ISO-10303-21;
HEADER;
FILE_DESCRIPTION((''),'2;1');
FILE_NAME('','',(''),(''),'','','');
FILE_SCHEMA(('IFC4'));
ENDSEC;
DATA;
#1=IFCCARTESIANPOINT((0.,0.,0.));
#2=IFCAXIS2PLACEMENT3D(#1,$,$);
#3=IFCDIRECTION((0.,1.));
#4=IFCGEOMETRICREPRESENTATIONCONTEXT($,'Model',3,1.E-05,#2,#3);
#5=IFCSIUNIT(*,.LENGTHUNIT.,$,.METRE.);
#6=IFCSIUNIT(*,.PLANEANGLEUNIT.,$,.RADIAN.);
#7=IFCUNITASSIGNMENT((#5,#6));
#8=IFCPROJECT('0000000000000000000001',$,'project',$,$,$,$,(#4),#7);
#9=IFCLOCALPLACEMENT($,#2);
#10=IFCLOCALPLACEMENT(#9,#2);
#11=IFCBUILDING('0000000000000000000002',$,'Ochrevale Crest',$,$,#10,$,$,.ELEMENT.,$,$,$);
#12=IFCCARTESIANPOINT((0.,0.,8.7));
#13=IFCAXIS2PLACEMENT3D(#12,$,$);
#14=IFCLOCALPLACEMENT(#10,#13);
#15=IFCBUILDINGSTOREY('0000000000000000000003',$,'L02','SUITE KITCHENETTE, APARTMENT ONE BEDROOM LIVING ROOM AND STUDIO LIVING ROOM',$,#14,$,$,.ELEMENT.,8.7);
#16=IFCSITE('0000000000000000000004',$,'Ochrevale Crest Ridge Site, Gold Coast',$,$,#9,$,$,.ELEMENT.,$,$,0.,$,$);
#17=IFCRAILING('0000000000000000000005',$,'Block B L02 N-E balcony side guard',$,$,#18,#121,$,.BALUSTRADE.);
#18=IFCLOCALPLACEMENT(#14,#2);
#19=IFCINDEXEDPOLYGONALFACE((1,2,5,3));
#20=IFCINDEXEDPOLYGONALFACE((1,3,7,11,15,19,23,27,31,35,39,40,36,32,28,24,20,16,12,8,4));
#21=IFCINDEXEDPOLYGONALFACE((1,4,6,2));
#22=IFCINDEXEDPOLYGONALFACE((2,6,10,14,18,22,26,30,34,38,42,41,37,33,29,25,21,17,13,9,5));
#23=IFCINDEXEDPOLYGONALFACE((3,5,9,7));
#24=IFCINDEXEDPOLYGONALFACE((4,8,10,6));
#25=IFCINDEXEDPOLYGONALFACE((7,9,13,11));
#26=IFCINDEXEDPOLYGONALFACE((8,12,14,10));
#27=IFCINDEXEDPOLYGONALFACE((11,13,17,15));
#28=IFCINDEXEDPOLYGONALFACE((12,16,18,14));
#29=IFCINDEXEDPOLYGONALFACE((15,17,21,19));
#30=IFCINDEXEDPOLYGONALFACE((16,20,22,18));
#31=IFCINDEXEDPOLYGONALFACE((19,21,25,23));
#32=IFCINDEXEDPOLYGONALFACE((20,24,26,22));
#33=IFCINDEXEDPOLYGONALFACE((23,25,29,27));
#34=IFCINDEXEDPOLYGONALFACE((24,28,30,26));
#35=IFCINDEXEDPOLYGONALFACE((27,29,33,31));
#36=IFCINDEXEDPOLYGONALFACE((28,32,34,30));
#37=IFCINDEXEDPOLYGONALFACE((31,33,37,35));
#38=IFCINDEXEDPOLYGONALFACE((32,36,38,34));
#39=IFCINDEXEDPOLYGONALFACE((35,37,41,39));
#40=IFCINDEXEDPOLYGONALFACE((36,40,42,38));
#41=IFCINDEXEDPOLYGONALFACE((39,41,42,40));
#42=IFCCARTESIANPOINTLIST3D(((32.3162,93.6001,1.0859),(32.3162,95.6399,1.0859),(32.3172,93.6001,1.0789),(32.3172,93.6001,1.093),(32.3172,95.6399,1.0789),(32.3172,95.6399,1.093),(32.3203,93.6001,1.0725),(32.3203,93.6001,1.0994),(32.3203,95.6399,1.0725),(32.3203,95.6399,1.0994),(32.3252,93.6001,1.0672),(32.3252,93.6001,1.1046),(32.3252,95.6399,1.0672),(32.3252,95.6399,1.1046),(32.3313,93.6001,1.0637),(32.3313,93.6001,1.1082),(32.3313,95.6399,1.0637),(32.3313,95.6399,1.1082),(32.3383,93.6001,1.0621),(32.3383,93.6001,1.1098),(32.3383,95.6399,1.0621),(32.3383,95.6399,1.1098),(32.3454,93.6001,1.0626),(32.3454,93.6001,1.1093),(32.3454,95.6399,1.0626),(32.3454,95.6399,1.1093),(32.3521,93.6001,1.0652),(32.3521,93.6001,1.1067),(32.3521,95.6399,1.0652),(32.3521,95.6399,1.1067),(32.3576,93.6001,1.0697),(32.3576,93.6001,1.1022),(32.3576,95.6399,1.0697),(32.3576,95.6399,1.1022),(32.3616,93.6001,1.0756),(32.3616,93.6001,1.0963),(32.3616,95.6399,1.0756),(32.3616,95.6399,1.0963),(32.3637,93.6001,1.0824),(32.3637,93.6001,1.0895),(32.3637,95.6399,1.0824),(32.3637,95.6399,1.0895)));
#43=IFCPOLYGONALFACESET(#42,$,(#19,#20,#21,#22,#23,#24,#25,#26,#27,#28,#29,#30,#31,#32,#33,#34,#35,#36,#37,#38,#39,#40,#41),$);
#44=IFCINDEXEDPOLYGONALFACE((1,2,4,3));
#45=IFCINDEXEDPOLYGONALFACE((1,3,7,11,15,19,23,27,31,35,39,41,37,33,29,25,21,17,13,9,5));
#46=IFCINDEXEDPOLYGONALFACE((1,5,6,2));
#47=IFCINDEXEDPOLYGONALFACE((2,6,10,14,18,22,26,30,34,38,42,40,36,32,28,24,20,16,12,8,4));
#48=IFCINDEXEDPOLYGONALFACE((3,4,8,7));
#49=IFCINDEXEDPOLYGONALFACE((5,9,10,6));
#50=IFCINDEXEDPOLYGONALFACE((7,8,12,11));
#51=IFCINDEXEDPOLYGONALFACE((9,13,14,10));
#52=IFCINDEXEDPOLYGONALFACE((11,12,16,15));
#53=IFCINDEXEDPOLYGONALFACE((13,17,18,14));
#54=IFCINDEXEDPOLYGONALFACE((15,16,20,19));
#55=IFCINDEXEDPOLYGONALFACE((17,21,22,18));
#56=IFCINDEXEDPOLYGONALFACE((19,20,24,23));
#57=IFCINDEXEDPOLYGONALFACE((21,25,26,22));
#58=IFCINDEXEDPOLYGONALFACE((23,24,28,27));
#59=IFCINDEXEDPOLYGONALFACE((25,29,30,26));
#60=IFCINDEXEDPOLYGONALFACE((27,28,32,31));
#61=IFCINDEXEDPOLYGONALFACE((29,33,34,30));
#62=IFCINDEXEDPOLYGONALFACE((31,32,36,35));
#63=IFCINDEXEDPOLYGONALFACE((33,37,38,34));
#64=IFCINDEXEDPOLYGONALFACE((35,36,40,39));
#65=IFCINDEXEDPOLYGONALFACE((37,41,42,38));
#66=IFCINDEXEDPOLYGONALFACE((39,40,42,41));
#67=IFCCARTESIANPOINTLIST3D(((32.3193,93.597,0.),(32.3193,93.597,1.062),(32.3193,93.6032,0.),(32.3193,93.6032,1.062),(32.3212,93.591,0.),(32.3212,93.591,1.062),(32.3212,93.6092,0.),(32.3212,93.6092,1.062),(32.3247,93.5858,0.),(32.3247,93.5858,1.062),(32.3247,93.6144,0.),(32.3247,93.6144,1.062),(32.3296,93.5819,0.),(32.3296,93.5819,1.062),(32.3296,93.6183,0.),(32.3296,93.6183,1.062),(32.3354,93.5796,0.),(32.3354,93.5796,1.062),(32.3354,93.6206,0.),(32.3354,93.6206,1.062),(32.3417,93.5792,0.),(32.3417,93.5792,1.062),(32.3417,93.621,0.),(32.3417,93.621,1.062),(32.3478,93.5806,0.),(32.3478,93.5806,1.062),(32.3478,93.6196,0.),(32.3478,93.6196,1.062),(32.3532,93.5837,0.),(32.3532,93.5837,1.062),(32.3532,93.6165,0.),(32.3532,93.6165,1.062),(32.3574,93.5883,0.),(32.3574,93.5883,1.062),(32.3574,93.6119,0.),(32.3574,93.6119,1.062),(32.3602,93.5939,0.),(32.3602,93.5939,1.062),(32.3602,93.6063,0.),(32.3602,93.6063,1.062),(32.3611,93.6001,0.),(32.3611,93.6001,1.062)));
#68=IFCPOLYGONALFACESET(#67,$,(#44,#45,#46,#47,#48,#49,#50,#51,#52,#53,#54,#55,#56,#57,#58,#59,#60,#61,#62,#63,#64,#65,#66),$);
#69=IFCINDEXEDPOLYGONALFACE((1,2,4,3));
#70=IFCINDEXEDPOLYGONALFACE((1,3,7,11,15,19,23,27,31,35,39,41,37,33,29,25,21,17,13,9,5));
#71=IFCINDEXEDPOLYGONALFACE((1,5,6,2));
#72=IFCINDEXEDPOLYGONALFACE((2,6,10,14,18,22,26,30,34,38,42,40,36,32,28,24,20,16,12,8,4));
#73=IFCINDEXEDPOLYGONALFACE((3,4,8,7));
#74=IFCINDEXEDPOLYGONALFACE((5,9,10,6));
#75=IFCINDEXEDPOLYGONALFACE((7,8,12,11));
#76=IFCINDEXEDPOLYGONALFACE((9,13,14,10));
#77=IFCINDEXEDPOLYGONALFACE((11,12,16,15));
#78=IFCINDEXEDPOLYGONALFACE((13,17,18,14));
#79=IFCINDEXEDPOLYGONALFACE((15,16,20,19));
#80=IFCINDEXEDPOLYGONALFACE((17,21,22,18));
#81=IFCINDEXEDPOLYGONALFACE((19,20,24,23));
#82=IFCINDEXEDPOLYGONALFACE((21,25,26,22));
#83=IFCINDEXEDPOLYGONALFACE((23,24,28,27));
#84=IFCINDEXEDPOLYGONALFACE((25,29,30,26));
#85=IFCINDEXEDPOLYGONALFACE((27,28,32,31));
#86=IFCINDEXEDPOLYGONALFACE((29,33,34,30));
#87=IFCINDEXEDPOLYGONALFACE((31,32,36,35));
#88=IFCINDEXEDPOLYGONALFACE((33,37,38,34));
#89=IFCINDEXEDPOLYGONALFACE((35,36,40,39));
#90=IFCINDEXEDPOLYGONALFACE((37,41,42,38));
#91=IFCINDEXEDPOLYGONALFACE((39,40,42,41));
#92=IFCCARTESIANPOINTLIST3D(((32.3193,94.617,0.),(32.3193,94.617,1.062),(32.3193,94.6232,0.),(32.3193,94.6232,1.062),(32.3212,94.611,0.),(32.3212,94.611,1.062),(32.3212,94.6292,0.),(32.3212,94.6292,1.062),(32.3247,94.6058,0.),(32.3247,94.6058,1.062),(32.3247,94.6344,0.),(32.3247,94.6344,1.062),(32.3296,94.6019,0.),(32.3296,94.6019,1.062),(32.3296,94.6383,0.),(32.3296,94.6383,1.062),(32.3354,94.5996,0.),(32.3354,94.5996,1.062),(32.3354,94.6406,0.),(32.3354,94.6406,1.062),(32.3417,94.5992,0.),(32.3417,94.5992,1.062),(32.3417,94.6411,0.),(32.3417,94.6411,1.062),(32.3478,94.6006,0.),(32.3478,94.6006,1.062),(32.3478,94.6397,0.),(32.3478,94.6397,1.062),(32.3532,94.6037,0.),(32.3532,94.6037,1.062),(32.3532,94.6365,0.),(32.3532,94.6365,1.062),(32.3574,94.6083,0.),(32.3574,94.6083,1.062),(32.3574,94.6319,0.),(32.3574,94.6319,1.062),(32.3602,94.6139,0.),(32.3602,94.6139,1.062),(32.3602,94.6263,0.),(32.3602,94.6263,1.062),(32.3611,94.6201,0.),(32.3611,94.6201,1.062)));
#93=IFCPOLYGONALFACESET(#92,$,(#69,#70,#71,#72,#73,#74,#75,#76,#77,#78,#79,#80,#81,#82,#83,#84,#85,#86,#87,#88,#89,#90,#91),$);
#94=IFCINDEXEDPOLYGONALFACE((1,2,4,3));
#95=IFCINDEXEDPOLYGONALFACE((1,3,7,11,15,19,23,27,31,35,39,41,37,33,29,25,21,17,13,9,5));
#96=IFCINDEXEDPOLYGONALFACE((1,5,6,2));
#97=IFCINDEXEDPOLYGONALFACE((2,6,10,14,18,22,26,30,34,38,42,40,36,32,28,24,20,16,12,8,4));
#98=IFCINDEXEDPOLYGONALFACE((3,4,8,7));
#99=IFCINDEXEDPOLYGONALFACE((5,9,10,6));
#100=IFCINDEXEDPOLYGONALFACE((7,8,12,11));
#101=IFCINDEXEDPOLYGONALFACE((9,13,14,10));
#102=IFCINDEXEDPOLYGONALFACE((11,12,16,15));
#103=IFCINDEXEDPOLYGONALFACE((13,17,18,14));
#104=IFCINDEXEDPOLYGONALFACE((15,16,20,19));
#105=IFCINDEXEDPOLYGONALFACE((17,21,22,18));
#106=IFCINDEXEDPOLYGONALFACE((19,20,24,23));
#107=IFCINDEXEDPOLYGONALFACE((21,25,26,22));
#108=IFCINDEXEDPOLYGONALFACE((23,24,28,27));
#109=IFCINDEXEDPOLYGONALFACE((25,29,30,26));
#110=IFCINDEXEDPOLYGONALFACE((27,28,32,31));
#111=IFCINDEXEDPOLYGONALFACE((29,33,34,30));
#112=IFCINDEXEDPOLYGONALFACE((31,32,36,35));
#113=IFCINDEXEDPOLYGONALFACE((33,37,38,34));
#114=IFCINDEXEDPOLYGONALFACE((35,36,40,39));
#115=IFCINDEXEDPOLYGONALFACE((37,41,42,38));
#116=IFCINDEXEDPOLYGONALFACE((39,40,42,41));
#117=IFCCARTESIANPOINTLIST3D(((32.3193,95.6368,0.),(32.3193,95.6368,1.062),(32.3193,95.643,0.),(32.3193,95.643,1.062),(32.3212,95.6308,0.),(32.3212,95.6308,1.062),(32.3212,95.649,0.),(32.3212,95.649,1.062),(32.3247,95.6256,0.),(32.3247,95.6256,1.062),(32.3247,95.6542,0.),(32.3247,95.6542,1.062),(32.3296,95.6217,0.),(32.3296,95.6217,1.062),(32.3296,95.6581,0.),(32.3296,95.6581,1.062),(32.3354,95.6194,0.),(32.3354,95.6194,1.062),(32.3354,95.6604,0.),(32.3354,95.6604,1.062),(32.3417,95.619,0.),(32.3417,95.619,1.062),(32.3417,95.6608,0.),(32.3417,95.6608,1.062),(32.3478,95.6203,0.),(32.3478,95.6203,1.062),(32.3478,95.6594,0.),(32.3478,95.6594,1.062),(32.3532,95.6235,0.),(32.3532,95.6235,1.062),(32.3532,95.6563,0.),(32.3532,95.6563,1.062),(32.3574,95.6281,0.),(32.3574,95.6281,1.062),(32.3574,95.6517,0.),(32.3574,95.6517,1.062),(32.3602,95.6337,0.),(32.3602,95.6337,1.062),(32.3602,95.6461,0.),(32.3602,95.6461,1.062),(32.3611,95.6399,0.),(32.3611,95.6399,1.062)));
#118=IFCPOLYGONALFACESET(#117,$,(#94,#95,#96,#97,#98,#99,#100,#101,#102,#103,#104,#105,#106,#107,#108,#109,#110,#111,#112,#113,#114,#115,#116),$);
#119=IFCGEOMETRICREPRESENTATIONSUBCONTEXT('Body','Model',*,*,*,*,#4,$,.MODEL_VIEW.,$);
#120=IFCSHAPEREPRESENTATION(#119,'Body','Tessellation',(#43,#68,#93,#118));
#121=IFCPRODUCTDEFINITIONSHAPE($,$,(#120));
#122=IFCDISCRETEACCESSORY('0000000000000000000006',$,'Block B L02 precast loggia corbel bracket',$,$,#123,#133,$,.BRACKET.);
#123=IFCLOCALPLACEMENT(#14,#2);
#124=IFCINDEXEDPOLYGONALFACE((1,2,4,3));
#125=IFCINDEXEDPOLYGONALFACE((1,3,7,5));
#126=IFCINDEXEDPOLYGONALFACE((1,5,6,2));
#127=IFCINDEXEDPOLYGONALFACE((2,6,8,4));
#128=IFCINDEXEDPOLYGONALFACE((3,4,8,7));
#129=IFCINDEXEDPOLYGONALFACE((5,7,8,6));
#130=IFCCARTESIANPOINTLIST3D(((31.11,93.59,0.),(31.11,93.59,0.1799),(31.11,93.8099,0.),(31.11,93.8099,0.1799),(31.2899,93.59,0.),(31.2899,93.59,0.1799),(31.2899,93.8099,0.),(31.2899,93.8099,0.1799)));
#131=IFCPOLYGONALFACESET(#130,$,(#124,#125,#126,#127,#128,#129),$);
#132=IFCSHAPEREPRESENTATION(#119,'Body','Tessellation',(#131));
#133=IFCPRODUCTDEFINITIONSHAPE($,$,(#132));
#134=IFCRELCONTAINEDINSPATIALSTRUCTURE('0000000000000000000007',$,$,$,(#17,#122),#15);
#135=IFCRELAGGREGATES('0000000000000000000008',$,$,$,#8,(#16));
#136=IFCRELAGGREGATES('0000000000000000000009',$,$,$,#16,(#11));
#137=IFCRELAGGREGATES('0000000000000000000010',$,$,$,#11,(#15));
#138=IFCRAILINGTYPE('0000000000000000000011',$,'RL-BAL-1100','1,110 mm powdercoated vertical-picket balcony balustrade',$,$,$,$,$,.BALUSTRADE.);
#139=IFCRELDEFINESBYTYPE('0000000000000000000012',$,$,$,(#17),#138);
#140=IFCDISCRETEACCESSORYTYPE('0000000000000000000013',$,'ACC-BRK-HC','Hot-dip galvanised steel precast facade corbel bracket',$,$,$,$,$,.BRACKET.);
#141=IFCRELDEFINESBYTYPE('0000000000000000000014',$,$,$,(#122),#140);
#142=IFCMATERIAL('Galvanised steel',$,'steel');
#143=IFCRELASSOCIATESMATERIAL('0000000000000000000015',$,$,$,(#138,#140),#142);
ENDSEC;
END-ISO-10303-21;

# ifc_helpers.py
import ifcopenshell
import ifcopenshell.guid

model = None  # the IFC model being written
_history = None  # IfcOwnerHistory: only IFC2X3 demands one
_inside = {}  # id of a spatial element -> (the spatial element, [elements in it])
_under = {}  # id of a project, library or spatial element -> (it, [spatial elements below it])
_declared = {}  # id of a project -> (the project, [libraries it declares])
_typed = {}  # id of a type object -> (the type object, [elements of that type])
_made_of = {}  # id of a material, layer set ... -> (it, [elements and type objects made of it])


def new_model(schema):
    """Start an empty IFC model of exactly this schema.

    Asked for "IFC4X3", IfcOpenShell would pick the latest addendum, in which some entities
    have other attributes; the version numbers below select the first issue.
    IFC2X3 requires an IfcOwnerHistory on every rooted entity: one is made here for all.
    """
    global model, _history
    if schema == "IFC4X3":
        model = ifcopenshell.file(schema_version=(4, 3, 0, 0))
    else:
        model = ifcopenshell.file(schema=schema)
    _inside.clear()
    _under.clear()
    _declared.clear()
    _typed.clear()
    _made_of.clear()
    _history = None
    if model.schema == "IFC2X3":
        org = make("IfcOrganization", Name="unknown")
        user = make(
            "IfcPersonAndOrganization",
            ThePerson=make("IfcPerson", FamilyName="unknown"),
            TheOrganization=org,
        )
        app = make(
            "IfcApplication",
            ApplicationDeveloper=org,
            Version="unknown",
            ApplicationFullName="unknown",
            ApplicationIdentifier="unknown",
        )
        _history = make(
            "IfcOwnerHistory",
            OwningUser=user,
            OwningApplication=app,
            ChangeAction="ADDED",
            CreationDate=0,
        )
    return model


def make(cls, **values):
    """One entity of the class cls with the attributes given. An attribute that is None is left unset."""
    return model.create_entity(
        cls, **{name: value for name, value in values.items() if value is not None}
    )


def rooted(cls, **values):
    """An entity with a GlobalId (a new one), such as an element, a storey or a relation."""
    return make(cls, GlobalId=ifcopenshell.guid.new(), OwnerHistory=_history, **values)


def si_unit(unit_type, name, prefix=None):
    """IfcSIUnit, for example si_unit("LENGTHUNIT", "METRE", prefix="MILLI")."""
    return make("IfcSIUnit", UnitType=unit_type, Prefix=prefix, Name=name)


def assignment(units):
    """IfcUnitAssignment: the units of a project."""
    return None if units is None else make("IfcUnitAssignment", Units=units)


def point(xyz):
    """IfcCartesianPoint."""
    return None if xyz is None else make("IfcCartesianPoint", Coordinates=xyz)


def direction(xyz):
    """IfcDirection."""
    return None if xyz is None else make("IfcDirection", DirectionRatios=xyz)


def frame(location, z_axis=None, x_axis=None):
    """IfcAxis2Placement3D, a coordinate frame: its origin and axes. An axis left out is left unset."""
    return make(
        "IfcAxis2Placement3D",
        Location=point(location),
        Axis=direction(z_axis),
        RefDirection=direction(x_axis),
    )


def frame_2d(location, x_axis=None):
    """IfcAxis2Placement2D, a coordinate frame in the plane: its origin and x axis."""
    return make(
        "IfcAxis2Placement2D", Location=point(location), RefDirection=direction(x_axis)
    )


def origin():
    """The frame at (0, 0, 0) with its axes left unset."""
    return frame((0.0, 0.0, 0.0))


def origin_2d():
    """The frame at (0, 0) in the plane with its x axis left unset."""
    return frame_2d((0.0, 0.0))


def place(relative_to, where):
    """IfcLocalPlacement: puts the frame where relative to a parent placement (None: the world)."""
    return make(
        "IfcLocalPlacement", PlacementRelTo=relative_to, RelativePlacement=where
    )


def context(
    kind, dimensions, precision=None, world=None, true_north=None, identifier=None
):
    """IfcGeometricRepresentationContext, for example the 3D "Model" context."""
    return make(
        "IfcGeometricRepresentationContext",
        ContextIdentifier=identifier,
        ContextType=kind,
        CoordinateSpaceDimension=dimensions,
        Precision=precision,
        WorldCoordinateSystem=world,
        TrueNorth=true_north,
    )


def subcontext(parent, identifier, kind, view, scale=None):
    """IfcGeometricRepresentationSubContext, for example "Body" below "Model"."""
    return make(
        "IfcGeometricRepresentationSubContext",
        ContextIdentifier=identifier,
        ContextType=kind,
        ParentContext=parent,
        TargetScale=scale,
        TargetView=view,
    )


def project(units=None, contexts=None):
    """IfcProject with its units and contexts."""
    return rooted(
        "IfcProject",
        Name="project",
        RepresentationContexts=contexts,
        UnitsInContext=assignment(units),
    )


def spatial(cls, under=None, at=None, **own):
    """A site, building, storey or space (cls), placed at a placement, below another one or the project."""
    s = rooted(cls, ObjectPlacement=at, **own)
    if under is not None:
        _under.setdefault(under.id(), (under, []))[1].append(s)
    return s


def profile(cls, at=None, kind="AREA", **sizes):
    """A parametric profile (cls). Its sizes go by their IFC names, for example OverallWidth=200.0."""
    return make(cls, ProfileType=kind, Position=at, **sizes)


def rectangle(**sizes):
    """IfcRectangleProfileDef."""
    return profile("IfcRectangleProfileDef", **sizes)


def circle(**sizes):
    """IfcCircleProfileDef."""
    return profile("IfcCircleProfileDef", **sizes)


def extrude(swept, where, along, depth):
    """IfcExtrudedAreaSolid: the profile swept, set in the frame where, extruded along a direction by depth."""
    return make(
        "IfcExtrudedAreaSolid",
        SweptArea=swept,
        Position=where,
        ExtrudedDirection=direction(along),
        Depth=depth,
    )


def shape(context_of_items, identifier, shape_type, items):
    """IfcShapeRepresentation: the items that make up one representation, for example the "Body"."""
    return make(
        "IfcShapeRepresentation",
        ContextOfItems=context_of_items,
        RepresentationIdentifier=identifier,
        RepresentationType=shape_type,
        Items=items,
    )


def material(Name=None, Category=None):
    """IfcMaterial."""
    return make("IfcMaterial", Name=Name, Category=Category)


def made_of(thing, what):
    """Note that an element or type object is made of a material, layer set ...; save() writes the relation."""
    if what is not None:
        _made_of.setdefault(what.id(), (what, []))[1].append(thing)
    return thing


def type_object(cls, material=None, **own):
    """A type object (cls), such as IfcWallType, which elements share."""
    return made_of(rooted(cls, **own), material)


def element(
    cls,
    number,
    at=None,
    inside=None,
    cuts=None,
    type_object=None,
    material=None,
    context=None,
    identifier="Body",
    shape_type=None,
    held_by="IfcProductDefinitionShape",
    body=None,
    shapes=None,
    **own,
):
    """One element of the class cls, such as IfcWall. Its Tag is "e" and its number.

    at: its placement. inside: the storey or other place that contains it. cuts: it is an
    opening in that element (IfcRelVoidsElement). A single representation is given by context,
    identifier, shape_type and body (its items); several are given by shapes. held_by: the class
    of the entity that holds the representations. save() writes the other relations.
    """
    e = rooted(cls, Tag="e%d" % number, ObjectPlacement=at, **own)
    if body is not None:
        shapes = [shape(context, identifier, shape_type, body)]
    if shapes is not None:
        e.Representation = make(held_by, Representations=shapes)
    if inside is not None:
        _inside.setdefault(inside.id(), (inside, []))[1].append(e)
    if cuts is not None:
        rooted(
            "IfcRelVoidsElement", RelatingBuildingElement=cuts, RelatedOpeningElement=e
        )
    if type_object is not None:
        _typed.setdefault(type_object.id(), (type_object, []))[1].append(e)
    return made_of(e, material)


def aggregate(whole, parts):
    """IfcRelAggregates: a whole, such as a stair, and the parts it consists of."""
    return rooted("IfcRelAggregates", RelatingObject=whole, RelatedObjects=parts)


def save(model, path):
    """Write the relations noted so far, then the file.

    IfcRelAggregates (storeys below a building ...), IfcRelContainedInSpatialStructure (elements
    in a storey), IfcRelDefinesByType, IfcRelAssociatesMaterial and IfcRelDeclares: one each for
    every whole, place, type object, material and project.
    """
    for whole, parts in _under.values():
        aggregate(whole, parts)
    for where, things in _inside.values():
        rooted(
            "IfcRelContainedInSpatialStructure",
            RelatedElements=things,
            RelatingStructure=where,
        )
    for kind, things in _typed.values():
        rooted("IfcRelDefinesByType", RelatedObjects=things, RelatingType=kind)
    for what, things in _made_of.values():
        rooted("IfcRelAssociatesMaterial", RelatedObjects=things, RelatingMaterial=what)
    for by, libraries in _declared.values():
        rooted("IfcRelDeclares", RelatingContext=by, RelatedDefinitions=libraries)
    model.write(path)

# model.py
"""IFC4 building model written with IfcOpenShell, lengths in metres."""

from ifc_helpers import new_model, si_unit, direction, frame, origin, origin_2d, place, context, subcontext, project, spatial, rectangle, circle, extrude, material, type_object, element, save


model = new_model("IFC4")

# Units and contexts
model_context = context("Model", 3, precision=1e-05, world=origin(), true_north=direction((0.0, 1.0)))
body_context = subcontext(model_context, "Body", "Model", "MODEL_VIEW")
ifc_project = project(units=[si_unit("LENGTHUNIT", "METRE"), si_unit("PLANEANGLEUNIT", "RADIAN")], contexts=[model_context])

# Site, building, storey
site_placement = place(None, origin())
site = spatial("IfcSite", under=ifc_project, at=site_placement, Name="Ochrevale Crest Ridge Site, Gold Coast", CompositionType="ELEMENT", RefElevation=0.0)
building_placement = place(site_placement, origin())
building = spatial("IfcBuilding", under=site, at=building_placement, Name="Ochrevale Crest", CompositionType="ELEMENT")
storey_placement = place(building_placement, frame((0.0, 0.0, 8.7)))
storey = spatial("IfcBuildingStorey", under=building, at=storey_placement, Name="L02", Description="SUITE KITCHENETTE, APARTMENT ONE BEDROOM LIVING ROOM AND STUDIO LIVING ROOM", CompositionType="ELEMENT", Elevation=8.7)

# Railing
ifc_material_1 = material(Name="Galvanised steel", Category="steel")
railing_type = type_object("IfcRailingType", Name="RL-BAL-1100", Description="1,110 mm powdercoated vertical-picket balcony balustrade", PredefinedType="BALUSTRADE", material=ifc_material_1)
railing_placement = place(storey_placement, frame((32.3401, 93.6001, 0.0)))
element("IfcRailing", 1, at=railing_placement, inside=storey, type_object=railing_type, Name="Block B L02 N-E balcony side guard", PredefinedType="BALUSTRADE", context=body_context, shape_type="SweptSolid", body=[
    extrude(circle(Radius=0.0239, at=origin_2d()), frame((0.0, 0.0, 1.0859), z_axis=(0.0, 1.0, 0.0), x_axis=(-1.0, 0.0, 0.0)), (0.0, 0.0, 1.0), 2.0398),
    extrude(circle(Radius=0.021, at=origin_2d()), origin(), (0.0, 0.0, 1.0), 1.062),
    extrude(circle(Radius=0.021, at=origin_2d()), frame((0.0, 1.02, 0.0)), (0.0, 0.0, 1.0), 1.062),
    extrude(circle(Radius=0.021, at=origin_2d()), frame((0.0, 2.0398, 0.0)), (0.0, 0.0, 1.0), 1.062),
])

# Discrete accessory
discrete_accessory_type = type_object("IfcDiscreteAccessoryType", Name="ACC-BRK-HC", Description="Hot-dip galvanised steel precast facade corbel bracket", PredefinedType="BRACKET", material=ifc_material_1)
discrete_accessory_placement = place(storey_placement, frame((31.2, 93.7, 0.0), z_axis=(0.0, 0.0, 1.0), x_axis=(1.0, 0.0, 0.0)))
element("IfcDiscreteAccessory", 2, at=discrete_accessory_placement, inside=storey, type_object=discrete_accessory_type, Name="Block B L02 precast loggia corbel bracket", PredefinedType="BRACKET", context=body_context, shape_type="SweptSolid", body=[
    extrude(rectangle(XDim=0.1799, YDim=0.22, at=origin_2d()), origin(), (0.0, 0.0, 1.0), 0.1799),
])

save(model, "model.ifc")
